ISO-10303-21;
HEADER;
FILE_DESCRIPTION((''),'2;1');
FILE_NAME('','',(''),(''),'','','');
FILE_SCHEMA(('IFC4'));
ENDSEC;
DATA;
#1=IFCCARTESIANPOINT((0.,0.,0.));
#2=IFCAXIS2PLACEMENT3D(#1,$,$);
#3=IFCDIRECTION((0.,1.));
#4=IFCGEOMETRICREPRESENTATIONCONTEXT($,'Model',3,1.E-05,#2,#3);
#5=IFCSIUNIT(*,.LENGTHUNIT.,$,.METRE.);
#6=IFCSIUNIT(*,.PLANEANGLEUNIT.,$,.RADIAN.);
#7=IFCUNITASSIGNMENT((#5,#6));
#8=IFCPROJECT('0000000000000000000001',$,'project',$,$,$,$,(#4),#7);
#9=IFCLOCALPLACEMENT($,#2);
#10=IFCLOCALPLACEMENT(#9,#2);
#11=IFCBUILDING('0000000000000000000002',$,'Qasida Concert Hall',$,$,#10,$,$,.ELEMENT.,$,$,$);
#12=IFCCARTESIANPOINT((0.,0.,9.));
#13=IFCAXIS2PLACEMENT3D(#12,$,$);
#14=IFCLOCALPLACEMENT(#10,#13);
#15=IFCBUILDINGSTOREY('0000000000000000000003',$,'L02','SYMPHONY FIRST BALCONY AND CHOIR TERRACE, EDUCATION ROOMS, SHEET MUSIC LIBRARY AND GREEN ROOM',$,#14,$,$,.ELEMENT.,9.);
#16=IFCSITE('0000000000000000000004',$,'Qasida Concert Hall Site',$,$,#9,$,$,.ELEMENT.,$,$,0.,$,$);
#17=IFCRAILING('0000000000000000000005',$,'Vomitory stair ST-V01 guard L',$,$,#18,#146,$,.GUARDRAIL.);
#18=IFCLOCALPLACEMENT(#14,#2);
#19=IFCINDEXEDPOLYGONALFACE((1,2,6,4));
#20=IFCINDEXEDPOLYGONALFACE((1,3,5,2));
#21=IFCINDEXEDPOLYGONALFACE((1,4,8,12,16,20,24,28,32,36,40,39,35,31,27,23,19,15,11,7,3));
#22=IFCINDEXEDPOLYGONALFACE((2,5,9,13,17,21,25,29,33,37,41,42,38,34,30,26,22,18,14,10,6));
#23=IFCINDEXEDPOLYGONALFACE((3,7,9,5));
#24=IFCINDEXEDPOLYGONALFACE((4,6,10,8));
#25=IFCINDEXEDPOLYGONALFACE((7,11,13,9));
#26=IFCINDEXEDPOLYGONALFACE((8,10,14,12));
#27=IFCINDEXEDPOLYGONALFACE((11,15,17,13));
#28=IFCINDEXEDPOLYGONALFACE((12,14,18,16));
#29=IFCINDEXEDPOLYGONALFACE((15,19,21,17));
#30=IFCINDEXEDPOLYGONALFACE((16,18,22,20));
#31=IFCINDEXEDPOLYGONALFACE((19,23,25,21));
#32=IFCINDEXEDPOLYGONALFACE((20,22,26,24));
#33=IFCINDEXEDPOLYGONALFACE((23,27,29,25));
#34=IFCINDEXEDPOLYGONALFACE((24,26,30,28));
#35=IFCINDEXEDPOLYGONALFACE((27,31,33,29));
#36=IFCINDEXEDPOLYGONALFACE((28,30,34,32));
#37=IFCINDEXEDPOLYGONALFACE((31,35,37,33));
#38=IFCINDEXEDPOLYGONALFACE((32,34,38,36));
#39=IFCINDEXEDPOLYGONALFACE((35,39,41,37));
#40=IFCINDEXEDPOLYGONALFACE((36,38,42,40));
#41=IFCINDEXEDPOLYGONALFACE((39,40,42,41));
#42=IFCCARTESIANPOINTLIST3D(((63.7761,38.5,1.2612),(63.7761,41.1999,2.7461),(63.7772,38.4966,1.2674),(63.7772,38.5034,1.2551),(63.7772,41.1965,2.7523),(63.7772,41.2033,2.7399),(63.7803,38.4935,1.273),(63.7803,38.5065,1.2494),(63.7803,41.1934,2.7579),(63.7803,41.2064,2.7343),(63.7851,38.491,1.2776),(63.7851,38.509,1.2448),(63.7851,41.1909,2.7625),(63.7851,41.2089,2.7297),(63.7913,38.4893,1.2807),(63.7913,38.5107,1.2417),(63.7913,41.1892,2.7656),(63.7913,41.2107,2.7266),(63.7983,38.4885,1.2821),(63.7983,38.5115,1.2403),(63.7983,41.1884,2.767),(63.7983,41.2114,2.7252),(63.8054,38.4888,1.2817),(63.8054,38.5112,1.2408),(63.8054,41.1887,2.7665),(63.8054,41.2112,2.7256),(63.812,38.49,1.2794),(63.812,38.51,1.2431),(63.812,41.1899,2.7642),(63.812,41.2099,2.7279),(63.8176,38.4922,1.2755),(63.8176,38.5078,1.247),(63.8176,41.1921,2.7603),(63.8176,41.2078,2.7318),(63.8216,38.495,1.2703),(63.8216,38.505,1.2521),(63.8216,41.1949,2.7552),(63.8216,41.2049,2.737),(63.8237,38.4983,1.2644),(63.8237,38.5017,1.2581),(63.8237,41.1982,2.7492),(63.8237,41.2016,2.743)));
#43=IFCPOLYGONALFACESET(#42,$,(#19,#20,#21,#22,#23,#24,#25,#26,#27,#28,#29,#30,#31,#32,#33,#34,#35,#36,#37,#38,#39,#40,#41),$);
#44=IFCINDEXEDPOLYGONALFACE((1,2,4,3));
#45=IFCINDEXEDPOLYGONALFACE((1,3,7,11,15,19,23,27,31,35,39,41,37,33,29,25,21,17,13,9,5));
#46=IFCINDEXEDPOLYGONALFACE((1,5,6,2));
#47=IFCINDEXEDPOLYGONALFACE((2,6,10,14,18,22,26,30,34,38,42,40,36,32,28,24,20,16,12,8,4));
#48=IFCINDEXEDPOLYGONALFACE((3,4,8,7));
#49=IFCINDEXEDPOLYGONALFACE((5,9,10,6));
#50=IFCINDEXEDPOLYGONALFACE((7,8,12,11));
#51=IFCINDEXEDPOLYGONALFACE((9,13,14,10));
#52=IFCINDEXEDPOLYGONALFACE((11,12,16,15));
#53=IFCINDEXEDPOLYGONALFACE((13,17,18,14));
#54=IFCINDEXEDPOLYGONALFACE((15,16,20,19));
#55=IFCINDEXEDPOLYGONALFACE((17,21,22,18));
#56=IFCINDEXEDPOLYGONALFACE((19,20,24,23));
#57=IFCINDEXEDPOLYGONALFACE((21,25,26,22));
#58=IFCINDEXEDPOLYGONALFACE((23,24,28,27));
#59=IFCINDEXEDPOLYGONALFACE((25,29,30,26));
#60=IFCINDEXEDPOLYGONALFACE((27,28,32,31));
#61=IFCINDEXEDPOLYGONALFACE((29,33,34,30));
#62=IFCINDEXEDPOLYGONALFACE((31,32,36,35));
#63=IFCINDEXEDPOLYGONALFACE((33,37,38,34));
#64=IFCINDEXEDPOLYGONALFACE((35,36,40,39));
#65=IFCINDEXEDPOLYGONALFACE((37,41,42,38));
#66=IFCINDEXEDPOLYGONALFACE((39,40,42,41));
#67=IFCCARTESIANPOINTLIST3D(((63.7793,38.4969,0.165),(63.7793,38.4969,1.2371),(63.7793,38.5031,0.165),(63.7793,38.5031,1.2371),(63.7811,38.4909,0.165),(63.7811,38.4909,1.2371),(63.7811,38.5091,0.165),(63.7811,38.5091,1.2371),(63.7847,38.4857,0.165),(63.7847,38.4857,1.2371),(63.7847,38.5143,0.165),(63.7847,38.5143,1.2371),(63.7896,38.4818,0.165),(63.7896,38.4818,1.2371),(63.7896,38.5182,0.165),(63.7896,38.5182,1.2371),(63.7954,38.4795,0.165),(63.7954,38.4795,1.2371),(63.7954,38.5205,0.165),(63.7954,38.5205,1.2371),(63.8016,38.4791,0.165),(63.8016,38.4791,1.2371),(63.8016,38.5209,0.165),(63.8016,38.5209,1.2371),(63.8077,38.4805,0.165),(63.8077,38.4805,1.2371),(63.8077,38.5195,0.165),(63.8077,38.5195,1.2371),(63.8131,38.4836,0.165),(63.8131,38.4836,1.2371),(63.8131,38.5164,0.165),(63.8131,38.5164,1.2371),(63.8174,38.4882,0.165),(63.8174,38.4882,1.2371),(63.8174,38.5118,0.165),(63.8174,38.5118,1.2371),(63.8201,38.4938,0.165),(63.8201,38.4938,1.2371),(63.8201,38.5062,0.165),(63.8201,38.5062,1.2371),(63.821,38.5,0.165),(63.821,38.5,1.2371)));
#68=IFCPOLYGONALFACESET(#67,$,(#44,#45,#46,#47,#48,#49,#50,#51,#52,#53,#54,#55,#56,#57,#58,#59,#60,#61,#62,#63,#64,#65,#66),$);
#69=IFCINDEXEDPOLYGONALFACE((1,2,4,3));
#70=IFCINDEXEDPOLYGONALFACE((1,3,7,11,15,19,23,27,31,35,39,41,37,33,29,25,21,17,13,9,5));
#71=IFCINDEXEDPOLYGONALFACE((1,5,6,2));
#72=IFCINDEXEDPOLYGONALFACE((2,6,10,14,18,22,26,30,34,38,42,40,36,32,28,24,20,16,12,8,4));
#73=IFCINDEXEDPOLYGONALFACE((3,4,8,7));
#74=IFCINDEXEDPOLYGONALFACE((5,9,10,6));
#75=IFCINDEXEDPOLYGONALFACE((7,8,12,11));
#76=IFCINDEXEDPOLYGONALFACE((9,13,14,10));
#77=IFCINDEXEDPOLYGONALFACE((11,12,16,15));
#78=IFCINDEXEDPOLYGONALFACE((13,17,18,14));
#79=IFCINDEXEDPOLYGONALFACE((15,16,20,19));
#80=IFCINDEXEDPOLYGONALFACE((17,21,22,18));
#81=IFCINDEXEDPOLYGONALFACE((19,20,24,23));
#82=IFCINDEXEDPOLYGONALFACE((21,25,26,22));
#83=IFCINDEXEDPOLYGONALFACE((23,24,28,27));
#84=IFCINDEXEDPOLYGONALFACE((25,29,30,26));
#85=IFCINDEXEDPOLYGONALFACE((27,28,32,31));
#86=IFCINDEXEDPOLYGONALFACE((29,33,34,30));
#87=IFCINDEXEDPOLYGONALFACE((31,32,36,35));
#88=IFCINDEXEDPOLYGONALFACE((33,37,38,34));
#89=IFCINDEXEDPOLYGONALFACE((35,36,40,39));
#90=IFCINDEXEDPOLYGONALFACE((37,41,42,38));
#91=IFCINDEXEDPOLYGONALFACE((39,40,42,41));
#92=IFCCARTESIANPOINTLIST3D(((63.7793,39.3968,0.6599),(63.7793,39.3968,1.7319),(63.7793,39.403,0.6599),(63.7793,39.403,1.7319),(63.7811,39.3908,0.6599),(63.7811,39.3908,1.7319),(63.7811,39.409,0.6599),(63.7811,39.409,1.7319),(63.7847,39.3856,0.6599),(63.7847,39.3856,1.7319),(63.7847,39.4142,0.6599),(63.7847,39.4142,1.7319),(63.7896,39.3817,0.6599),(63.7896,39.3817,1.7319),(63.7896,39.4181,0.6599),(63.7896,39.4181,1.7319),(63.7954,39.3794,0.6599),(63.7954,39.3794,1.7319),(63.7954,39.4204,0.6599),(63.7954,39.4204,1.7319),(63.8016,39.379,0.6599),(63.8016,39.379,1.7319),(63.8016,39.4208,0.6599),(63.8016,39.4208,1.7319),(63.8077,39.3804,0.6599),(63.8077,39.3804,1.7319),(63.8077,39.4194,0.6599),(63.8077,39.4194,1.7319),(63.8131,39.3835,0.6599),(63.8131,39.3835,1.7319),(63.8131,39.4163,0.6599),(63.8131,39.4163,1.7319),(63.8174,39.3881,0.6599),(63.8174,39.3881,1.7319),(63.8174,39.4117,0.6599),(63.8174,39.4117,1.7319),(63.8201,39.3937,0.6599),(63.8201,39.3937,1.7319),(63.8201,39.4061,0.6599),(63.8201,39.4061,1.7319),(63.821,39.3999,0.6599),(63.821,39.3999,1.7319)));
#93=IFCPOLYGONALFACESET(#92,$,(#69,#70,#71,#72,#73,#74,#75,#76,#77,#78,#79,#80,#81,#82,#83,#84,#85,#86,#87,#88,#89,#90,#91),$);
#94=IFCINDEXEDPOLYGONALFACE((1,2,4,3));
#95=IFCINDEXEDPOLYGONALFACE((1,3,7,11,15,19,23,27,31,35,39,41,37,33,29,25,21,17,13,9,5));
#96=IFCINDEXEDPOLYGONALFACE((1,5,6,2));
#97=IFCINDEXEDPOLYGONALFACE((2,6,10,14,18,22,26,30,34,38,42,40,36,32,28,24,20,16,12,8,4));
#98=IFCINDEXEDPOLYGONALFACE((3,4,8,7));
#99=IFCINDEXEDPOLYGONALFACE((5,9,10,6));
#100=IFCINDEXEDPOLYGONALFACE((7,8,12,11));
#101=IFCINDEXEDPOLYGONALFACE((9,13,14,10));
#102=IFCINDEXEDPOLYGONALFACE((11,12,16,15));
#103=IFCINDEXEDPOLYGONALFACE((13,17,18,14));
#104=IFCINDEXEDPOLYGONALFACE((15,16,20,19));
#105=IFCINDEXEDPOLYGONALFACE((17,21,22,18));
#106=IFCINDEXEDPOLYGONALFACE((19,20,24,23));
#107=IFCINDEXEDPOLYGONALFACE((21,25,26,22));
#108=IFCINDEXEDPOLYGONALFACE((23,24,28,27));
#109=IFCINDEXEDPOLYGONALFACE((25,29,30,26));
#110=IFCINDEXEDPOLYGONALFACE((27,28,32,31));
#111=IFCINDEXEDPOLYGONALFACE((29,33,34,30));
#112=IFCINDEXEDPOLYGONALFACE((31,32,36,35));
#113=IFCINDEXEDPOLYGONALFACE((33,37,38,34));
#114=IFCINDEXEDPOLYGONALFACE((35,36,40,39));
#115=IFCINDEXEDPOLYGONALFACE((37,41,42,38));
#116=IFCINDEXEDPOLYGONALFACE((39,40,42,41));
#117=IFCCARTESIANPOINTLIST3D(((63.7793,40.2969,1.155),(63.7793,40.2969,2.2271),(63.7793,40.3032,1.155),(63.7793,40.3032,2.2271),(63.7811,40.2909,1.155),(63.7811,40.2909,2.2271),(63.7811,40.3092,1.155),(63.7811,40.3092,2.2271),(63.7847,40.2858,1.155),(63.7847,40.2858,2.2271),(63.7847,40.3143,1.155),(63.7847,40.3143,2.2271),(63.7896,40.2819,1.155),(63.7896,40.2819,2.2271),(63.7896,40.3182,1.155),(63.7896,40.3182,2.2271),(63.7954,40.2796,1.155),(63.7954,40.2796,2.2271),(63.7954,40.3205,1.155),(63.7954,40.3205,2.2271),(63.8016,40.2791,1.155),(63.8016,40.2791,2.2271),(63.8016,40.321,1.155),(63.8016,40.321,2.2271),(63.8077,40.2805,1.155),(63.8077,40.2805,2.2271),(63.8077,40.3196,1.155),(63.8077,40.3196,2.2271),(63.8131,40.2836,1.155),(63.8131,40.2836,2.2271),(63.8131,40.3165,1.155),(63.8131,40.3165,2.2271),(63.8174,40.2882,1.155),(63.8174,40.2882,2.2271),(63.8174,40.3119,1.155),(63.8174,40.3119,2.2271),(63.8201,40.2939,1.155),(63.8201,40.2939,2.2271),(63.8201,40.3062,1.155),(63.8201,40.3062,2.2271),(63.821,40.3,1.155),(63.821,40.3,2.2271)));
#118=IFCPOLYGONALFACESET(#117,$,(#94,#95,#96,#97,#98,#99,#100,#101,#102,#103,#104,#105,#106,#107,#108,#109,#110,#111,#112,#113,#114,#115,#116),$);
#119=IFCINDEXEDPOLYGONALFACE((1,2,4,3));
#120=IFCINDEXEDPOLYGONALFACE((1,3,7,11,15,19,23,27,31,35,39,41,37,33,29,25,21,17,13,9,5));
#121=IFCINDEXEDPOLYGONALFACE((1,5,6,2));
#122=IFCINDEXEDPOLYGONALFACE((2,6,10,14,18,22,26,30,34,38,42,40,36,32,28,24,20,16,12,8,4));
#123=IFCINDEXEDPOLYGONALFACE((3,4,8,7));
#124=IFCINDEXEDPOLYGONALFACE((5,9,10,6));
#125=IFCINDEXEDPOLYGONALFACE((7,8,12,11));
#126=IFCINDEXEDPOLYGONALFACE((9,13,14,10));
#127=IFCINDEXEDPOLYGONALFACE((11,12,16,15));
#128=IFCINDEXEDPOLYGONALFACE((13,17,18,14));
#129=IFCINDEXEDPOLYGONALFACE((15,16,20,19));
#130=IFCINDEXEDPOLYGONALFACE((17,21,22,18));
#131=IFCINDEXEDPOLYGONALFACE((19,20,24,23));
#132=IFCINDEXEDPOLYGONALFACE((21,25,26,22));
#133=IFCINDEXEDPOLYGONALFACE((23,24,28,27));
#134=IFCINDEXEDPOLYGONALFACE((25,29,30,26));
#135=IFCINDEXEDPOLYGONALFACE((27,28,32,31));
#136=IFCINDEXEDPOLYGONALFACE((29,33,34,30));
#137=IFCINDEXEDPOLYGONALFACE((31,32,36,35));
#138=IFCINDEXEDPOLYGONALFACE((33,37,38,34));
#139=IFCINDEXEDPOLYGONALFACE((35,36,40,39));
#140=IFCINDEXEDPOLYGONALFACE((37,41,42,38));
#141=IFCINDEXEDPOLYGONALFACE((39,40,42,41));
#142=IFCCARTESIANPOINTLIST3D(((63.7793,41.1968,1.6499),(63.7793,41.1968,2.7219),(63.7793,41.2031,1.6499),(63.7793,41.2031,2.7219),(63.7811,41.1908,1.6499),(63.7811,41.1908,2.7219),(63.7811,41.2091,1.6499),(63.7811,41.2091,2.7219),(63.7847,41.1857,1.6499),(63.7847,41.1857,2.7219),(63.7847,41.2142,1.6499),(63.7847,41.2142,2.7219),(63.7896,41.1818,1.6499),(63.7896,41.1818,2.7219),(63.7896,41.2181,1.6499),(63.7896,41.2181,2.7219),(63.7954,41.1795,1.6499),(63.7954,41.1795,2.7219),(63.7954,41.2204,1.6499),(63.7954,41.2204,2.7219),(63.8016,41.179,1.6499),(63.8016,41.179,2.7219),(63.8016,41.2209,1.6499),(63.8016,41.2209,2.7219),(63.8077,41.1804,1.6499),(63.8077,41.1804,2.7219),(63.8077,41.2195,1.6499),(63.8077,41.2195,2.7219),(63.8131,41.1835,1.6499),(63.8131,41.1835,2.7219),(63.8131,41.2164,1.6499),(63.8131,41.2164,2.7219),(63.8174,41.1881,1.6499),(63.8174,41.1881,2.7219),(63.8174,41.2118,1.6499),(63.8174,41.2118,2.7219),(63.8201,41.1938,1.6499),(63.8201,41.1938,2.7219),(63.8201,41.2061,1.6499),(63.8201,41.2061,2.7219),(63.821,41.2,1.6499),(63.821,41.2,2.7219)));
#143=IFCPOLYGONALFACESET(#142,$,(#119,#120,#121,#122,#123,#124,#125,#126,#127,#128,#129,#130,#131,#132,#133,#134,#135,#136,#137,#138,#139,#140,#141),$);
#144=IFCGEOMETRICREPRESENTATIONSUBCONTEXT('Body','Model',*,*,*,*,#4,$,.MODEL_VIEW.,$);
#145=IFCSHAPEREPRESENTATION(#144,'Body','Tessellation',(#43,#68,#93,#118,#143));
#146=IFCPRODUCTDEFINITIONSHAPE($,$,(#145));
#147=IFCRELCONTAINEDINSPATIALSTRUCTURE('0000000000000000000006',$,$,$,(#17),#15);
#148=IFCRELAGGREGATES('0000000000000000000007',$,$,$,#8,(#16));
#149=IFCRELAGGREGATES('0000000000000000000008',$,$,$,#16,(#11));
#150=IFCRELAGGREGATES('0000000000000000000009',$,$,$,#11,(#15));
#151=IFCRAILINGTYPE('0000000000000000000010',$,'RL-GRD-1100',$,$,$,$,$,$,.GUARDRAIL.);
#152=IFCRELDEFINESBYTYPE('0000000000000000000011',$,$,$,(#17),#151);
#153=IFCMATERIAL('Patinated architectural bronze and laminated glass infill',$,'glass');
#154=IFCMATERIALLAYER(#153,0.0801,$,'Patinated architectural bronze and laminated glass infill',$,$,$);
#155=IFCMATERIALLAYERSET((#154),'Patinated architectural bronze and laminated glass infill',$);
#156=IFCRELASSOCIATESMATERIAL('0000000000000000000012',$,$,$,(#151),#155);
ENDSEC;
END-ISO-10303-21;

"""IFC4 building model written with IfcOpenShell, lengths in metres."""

from ifc_helpers import new_model, si_unit, direction, frame, origin, origin_2d, place, context, subcontext, project, spatial, circle, extrude, material, layer, layer_set, type_object, element, save


model = new_model("IFC4")

# Units and contexts
model_context = context("Model", 3, precision=1e-05, world=origin(), true_north=direction((0.0, 1.0)))
body_context = subcontext(model_context, "Body", "Model", "MODEL_VIEW")
ifc_project = project(units=[si_unit("LENGTHUNIT", "METRE"), si_unit("PLANEANGLEUNIT", "RADIAN")], contexts=[model_context])

# Site, building, storey
site_placement = place(None, origin())
site = spatial("IfcSite", under=ifc_project, at=site_placement, Name="Qasida Concert Hall Site", CompositionType="ELEMENT", RefElevation=0.0)
building_placement = place(site_placement, origin())
building = spatial("IfcBuilding", under=site, at=building_placement, Name="Qasida Concert Hall", CompositionType="ELEMENT")
storey_placement = place(building_placement, frame((0.0, 0.0, 9.0)))
storey = spatial("IfcBuildingStorey", under=building, at=storey_placement, Name="L02", Description="SYMPHONY FIRST BALCONY AND CHOIR TERRACE, EDUCATION ROOMS, SHEET MUSIC LIBRARY AND GREEN ROOM", CompositionType="ELEMENT", Elevation=9.0)

# Railing
ifc_material_1 = material(Name="Patinated architectural bronze and laminated glass infill", Category="glass")
ifc_layer_1 = layer(ifc_material_1, 0.0801, Name="Patinated architectural bronze and laminated glass infill")
ifc_layer_set_1 = layer_set([ifc_layer_1], Name="Patinated architectural bronze and laminated glass infill")
railing_type_1 = type_object("IfcRailingType", Name="RL-GRD-1100", PredefinedType="GUARDRAIL", material=ifc_layer_set_1)
for number, where, name in (
    (1, (63.8, 38.5, 0.165), "Vomitory stair ST-V01 guard L"),
):
    element("IfcRailing", number, at=place(storey_placement, frame(where)), inside=storey, type_object=railing_type_1, Name=name, PredefinedType="GUARDRAIL", context=body_context, shape_type="SweptSolid", body=[
        extrude(circle(Radius=0.0239, at=origin_2d()), frame((0.0, 0.0, 1.0962), z_axis=(0.0, 0.876231, 0.481891), x_axis=(-1.0, 0.0, 0.0)), (0.0, 0.0, 1.0), 3.0813),
        extrude(circle(Radius=0.021, at=origin_2d()), origin(), (0.0, 0.0, 1.0), 1.072),
        extrude(circle(Radius=0.021, at=origin_2d()), frame((0.0, 0.8999, 0.4949)), (0.0, 0.0, 1.0), 1.072),
        extrude(circle(Radius=0.021, at=origin_2d()), frame((0.0, 1.8, 0.99)), (0.0, 0.0, 1.0), 1.072),
        extrude(circle(Radius=0.021, at=origin_2d()), frame((0.0, 2.7, 1.4849)), (0.0, 0.0, 1.0), 1.072),
    ])

save(model, "model.ifc")
